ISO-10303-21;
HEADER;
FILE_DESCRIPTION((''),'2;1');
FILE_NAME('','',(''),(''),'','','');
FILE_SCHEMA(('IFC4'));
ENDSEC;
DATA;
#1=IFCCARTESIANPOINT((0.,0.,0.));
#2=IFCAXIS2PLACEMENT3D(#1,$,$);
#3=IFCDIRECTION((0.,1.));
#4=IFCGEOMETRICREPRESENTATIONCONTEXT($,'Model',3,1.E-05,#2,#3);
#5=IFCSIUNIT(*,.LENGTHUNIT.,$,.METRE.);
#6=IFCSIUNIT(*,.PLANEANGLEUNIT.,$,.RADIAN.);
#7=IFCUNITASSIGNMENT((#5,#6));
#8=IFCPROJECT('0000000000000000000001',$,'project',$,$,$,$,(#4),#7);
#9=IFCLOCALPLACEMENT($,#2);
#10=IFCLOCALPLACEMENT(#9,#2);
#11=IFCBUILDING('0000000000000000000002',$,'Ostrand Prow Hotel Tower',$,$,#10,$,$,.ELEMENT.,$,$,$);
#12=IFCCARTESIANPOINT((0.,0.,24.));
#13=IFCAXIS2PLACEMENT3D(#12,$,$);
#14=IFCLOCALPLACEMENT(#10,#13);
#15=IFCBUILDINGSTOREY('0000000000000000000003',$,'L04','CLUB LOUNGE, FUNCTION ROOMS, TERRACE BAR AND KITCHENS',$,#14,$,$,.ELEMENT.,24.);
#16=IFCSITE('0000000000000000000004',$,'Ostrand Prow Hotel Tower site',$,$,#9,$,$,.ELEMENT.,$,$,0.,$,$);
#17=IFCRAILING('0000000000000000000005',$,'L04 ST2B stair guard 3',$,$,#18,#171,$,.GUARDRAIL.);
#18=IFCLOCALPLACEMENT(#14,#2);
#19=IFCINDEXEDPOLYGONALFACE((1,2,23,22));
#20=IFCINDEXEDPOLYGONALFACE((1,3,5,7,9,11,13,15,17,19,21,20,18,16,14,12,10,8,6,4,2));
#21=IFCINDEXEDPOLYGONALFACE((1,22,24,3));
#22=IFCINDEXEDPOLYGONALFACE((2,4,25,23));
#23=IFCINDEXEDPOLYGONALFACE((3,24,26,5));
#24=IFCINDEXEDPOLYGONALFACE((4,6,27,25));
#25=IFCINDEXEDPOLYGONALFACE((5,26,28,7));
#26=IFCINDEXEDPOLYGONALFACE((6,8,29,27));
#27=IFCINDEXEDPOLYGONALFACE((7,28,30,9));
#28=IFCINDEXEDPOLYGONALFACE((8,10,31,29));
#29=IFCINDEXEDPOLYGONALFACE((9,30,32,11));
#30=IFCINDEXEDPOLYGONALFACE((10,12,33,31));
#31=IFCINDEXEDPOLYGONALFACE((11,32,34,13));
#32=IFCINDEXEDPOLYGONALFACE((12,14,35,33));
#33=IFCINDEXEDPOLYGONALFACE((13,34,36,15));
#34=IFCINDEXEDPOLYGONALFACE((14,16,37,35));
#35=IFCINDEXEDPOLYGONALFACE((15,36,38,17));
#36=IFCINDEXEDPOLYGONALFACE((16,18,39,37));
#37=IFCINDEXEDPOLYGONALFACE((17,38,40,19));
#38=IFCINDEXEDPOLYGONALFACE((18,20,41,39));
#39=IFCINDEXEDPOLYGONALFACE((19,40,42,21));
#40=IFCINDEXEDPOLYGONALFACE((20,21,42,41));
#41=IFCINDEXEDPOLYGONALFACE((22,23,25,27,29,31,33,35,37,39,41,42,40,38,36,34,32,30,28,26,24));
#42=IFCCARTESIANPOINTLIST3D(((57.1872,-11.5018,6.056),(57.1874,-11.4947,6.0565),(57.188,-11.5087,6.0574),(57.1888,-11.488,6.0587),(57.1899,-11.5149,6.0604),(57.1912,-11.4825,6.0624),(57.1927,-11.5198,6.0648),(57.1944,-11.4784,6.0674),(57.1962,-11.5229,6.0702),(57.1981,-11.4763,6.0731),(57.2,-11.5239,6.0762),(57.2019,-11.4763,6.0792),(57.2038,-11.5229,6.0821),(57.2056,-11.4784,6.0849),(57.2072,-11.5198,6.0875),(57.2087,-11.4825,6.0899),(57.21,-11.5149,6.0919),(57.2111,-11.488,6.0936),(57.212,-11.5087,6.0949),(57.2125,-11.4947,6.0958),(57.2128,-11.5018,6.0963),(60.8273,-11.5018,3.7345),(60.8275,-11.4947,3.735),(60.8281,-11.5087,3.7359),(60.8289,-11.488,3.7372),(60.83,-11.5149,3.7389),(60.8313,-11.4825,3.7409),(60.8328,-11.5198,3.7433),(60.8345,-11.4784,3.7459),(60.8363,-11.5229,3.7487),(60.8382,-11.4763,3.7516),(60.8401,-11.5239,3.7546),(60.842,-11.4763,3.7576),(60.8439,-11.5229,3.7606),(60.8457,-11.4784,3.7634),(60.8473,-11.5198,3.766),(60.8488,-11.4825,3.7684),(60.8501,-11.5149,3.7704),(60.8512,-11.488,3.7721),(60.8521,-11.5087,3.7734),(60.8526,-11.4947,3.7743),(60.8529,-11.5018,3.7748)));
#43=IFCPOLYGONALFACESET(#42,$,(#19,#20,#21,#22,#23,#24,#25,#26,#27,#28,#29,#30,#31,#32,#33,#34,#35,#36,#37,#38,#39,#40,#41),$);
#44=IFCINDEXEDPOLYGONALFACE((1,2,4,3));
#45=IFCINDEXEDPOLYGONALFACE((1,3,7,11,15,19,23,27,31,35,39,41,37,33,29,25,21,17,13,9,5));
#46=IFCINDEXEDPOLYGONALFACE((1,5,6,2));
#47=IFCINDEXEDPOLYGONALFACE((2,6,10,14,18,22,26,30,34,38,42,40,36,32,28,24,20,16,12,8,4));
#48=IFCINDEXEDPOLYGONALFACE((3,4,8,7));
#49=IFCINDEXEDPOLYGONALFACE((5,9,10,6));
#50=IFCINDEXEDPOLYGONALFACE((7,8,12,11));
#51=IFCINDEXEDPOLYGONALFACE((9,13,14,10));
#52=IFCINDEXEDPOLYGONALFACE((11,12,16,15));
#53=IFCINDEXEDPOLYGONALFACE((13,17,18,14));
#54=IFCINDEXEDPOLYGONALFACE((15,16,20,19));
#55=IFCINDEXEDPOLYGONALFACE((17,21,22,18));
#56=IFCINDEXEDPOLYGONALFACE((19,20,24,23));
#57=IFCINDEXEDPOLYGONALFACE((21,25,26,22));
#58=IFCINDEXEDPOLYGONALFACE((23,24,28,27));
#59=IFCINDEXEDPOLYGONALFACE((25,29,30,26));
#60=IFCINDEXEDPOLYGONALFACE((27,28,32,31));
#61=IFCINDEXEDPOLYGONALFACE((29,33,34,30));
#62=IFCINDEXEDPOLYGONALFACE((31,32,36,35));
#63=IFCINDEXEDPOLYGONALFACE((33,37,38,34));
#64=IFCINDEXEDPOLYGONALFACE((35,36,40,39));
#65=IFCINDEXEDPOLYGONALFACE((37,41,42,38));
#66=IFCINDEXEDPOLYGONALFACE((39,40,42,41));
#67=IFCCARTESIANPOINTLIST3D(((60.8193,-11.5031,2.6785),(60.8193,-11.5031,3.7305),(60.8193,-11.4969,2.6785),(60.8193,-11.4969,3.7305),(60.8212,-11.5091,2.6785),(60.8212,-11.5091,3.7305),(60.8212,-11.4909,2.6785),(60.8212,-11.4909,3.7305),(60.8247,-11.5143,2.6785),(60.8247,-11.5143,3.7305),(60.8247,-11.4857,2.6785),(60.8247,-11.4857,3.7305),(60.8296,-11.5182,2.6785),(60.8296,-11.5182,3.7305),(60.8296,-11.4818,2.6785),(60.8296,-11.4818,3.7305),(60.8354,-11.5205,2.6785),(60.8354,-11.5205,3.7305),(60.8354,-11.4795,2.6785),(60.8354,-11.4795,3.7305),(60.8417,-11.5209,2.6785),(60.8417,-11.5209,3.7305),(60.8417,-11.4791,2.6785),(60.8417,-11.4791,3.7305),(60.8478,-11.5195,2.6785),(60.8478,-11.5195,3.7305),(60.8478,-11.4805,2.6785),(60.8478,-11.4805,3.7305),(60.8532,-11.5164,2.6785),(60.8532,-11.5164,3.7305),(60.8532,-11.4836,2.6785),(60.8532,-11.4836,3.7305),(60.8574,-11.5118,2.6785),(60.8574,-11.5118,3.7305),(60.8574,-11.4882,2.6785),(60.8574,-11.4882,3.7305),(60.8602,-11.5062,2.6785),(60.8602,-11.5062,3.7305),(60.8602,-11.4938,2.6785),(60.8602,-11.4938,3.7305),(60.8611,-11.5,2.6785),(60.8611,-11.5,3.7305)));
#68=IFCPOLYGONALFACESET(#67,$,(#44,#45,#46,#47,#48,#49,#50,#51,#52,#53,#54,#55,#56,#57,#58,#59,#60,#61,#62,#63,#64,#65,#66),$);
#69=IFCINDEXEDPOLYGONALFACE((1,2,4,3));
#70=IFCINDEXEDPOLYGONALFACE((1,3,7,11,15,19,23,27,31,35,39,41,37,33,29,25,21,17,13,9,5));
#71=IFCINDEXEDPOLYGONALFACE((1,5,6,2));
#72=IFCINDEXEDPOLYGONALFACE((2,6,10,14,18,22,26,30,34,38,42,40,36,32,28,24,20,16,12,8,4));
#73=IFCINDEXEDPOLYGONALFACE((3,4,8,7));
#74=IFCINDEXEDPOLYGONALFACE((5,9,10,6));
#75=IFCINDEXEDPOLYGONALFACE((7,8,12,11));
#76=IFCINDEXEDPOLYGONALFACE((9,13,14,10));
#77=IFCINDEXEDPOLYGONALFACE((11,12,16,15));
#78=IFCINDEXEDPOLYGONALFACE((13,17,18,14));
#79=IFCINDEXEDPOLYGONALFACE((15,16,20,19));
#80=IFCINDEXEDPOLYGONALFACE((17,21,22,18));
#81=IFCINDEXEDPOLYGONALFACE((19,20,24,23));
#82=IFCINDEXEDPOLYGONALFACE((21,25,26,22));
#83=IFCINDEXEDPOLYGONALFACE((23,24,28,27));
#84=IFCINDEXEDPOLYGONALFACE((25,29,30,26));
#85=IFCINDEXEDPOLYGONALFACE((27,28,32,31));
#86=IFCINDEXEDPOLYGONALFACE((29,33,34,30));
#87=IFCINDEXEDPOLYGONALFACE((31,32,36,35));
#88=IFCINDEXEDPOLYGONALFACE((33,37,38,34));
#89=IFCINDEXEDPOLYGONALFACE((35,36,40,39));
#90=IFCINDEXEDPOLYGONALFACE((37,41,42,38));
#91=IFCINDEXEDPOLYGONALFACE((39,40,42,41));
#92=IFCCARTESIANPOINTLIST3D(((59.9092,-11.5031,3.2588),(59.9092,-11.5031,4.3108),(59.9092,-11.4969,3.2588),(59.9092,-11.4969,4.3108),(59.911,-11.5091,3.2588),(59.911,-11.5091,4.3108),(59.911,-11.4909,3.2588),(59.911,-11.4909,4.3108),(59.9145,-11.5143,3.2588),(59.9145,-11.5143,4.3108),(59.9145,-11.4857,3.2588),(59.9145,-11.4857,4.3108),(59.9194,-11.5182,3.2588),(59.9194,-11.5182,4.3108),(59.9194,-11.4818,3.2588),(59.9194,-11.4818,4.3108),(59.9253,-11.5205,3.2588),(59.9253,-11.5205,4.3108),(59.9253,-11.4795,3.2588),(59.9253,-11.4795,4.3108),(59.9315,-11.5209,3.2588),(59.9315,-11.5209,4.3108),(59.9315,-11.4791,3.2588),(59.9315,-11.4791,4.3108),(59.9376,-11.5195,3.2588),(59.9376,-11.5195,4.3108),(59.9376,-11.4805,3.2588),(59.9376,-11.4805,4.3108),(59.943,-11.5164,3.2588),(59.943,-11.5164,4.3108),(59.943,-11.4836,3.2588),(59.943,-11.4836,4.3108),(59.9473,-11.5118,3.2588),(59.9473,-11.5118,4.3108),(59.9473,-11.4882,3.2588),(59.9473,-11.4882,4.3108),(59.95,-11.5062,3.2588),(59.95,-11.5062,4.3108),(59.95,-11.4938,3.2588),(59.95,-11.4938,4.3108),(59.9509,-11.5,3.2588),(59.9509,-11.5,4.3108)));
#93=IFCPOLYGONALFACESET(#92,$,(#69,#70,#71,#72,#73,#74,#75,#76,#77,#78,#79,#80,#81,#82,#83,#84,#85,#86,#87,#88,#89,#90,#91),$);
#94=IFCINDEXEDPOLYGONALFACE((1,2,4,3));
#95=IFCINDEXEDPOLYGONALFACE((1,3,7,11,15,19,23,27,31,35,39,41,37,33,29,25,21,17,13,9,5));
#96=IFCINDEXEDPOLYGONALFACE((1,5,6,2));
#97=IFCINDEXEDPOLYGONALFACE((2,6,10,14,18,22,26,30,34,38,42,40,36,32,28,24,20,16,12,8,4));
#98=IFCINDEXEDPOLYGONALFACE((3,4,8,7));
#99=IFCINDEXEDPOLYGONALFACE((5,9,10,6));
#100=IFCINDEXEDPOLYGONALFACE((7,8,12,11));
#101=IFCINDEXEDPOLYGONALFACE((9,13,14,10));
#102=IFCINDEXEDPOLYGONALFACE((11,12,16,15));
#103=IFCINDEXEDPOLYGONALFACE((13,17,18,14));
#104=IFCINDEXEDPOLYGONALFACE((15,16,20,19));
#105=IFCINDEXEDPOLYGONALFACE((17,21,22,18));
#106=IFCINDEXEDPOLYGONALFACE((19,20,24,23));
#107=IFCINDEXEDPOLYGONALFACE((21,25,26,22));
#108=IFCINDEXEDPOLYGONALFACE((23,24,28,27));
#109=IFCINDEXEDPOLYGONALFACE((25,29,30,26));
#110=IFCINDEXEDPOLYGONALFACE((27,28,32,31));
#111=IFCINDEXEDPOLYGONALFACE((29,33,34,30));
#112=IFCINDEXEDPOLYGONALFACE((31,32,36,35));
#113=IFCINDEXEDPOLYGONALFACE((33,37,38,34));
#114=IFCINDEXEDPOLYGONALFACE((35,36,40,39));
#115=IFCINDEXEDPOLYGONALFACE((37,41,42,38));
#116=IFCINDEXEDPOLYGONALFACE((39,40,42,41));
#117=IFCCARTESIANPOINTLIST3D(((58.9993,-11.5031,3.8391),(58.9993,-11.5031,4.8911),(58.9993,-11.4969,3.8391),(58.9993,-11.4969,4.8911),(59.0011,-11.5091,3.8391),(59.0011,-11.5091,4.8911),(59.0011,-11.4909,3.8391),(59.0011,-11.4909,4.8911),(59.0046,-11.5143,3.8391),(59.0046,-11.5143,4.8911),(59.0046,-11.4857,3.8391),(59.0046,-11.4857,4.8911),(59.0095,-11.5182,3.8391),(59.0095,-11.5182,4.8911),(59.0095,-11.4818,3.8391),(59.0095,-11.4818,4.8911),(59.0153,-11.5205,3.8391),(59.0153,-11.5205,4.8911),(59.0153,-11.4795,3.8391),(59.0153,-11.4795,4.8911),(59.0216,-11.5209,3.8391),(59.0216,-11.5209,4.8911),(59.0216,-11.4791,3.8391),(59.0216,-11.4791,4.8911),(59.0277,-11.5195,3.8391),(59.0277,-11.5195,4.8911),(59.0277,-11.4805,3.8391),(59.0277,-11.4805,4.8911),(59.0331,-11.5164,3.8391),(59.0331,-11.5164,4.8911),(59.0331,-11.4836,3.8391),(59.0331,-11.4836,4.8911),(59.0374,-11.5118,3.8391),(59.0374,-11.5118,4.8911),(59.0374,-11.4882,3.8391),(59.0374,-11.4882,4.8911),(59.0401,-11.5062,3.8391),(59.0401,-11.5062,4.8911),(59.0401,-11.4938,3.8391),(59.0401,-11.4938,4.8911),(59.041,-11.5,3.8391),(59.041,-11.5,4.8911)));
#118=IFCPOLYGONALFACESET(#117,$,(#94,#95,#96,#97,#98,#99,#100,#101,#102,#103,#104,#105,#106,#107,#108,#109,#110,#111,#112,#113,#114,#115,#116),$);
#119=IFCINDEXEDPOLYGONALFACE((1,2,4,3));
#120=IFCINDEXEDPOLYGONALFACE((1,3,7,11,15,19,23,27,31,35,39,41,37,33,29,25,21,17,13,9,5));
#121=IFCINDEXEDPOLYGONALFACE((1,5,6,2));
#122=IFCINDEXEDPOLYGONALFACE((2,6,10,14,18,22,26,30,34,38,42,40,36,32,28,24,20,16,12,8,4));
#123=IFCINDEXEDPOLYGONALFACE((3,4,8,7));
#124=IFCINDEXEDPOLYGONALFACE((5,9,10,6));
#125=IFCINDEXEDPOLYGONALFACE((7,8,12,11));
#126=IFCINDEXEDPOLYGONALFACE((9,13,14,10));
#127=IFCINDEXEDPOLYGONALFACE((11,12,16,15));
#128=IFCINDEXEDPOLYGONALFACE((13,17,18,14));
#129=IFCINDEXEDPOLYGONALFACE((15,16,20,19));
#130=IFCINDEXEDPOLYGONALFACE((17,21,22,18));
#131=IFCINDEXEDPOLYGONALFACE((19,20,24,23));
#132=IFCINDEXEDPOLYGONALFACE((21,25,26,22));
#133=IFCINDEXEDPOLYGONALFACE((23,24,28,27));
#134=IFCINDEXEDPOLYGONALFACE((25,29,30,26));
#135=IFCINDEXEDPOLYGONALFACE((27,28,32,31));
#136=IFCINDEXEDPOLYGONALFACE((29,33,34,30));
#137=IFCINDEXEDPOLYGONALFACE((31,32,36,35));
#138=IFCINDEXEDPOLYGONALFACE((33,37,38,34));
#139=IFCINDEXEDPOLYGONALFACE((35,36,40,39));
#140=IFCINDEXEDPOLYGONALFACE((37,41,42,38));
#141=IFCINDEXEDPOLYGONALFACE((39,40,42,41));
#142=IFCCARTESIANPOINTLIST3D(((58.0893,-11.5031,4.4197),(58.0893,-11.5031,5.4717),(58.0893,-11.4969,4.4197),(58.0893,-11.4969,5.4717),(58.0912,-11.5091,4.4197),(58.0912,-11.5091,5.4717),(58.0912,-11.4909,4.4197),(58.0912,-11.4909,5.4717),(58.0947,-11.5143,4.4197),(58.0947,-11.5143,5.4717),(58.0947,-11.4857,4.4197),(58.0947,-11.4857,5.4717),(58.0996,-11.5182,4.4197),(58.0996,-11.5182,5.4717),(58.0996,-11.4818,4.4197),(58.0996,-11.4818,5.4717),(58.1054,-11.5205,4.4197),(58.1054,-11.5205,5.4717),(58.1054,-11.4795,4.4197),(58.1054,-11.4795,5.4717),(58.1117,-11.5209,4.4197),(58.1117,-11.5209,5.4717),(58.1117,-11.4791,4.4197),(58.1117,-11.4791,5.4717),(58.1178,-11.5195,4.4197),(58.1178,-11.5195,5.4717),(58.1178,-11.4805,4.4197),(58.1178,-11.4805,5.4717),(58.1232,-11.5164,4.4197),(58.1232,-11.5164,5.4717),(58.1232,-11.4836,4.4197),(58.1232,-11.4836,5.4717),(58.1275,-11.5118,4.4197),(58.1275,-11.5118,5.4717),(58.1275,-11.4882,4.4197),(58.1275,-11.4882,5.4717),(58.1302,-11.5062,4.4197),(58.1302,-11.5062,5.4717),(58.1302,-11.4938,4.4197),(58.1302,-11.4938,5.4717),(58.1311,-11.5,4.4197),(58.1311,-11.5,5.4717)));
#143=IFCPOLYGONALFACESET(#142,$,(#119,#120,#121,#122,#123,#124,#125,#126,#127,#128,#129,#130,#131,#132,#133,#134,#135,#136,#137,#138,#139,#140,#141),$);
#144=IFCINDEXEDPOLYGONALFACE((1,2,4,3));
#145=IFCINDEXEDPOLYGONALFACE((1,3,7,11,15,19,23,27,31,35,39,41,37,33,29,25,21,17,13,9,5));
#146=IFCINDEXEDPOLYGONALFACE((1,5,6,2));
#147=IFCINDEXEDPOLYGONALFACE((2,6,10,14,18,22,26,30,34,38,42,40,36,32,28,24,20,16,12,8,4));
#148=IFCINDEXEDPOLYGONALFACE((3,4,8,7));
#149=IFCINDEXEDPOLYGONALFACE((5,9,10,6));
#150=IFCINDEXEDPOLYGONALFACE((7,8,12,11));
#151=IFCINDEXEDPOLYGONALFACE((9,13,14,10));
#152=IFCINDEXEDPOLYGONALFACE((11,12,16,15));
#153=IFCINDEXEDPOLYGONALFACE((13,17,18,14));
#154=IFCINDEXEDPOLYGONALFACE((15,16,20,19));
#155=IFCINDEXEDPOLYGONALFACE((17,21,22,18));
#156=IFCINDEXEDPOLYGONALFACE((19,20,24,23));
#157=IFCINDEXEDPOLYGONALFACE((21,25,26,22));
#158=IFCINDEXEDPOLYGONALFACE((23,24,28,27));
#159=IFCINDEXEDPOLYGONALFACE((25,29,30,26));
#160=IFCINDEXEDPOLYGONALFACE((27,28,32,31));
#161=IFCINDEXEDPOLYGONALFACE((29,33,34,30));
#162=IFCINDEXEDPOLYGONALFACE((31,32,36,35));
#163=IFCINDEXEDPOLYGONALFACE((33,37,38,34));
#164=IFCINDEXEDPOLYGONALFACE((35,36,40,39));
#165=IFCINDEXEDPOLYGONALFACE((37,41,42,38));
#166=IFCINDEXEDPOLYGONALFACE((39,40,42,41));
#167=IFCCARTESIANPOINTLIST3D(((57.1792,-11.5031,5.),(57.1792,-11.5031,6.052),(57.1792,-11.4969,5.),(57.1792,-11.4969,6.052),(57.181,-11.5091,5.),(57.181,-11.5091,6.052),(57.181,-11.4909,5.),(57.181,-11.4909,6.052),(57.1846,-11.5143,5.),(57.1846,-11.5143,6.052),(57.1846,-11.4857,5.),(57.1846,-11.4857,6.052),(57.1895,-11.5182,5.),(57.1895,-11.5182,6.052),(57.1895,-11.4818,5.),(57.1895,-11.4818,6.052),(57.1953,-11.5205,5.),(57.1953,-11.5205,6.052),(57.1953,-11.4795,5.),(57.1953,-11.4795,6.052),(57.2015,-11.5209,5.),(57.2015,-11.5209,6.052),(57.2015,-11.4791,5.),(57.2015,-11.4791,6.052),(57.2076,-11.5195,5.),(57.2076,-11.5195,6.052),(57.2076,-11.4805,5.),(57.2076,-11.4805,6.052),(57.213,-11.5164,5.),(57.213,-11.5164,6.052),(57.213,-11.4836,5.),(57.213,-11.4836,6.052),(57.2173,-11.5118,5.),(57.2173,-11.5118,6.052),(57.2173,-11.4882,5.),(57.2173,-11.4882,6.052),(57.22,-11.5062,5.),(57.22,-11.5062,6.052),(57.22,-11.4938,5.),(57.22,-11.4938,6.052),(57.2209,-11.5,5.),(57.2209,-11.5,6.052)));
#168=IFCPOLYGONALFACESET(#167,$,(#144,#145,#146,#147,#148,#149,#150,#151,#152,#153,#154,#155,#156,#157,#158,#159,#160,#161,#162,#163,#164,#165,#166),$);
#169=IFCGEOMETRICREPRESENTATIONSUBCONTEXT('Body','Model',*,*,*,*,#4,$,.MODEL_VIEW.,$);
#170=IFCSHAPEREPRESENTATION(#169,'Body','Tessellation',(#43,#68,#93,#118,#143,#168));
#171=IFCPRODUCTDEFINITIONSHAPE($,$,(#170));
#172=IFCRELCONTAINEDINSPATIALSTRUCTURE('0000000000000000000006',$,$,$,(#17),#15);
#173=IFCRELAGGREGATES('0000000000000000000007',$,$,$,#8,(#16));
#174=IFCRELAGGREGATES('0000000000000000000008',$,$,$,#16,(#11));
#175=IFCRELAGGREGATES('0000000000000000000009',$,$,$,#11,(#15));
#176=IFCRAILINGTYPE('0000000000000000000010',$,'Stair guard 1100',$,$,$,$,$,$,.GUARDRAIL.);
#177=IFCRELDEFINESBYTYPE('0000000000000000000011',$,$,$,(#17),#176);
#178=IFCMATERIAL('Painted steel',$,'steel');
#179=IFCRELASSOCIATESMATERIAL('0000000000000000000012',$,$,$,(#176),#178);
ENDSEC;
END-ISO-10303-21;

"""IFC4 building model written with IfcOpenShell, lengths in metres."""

from ifc_helpers import new_model, si_unit, direction, frame, origin, origin_2d, place, context, subcontext, project, spatial, circle, extrude, material, type_object, element, save


model = new_model("IFC4")

# Units and contexts
model_context = context("Model", 3, precision=1e-05, world=origin(), true_north=direction((0.0, 1.0)))
body_context = subcontext(model_context, "Body", "Model", "MODEL_VIEW")
ifc_project = project(units=[si_unit("LENGTHUNIT", "METRE"), si_unit("PLANEANGLEUNIT", "RADIAN")], contexts=[model_context])

# Site, building, storey
site_placement = place(None, origin())
site = spatial("IfcSite", under=ifc_project, at=site_placement, Name="Ostrand Prow Hotel Tower site", CompositionType="ELEMENT", RefElevation=0.0)
building_placement = place(site_placement, origin())
building = spatial("IfcBuilding", under=site, at=building_placement, Name="Ostrand Prow Hotel Tower", CompositionType="ELEMENT")
storey_placement = place(building_placement, frame((0.0, 0.0, 24.0)))
storey = spatial("IfcBuildingStorey", under=building, at=storey_placement, Name="L04", Description="CLUB LOUNGE, FUNCTION ROOMS, TERRACE BAR AND KITCHENS", CompositionType="ELEMENT", Elevation=24.0)

# Railing
ifc_material_1 = material(Name="Painted steel", Category="steel")
railing_type_1 = type_object("IfcRailingType", Name="Stair guard 1100", PredefinedType="GUARDRAIL", material=ifc_material_1)
railing_1_placement = place(storey_placement, frame((60.8401, -11.5, 2.6785)))
element("IfcRailing", 1, at=railing_1_placement, inside=storey, type_object=railing_type_1, Name="L04 ST2B stair guard 3", PredefinedType="GUARDRAIL", context=body_context, shape_type="SweptSolid", body=[
    extrude(circle(Radius=0.0239, at=origin_2d()), frame((0.0, 0.0, 1.0762), z_axis=(-0.843128, 0.0, 0.537713), x_axis=(0.0, -1.0, 0.0)), (0.0, 0.0, 1.0), 4.3174),
    extrude(circle(Radius=0.021, at=origin_2d()), origin(), (0.0, 0.0, 1.0), 1.052),
    extrude(circle(Radius=0.021, at=origin_2d()), frame((-0.9102, 0.0, 0.5803)), (0.0, 0.0, 1.0), 1.052),
    extrude(circle(Radius=0.021, at=origin_2d()), frame((-1.8201, 0.0, 1.1606)), (0.0, 0.0, 1.0), 1.052),
    extrude(circle(Radius=0.021, at=origin_2d()), frame((-2.73, 0.0, 1.7412)), (0.0, 0.0, 1.0), 1.052),
    extrude(circle(Radius=0.021, at=origin_2d()), frame((-3.6401, 0.0, 2.3215)), (0.0, 0.0, 1.0), 1.052),
])

save(model, "model.ifc")
